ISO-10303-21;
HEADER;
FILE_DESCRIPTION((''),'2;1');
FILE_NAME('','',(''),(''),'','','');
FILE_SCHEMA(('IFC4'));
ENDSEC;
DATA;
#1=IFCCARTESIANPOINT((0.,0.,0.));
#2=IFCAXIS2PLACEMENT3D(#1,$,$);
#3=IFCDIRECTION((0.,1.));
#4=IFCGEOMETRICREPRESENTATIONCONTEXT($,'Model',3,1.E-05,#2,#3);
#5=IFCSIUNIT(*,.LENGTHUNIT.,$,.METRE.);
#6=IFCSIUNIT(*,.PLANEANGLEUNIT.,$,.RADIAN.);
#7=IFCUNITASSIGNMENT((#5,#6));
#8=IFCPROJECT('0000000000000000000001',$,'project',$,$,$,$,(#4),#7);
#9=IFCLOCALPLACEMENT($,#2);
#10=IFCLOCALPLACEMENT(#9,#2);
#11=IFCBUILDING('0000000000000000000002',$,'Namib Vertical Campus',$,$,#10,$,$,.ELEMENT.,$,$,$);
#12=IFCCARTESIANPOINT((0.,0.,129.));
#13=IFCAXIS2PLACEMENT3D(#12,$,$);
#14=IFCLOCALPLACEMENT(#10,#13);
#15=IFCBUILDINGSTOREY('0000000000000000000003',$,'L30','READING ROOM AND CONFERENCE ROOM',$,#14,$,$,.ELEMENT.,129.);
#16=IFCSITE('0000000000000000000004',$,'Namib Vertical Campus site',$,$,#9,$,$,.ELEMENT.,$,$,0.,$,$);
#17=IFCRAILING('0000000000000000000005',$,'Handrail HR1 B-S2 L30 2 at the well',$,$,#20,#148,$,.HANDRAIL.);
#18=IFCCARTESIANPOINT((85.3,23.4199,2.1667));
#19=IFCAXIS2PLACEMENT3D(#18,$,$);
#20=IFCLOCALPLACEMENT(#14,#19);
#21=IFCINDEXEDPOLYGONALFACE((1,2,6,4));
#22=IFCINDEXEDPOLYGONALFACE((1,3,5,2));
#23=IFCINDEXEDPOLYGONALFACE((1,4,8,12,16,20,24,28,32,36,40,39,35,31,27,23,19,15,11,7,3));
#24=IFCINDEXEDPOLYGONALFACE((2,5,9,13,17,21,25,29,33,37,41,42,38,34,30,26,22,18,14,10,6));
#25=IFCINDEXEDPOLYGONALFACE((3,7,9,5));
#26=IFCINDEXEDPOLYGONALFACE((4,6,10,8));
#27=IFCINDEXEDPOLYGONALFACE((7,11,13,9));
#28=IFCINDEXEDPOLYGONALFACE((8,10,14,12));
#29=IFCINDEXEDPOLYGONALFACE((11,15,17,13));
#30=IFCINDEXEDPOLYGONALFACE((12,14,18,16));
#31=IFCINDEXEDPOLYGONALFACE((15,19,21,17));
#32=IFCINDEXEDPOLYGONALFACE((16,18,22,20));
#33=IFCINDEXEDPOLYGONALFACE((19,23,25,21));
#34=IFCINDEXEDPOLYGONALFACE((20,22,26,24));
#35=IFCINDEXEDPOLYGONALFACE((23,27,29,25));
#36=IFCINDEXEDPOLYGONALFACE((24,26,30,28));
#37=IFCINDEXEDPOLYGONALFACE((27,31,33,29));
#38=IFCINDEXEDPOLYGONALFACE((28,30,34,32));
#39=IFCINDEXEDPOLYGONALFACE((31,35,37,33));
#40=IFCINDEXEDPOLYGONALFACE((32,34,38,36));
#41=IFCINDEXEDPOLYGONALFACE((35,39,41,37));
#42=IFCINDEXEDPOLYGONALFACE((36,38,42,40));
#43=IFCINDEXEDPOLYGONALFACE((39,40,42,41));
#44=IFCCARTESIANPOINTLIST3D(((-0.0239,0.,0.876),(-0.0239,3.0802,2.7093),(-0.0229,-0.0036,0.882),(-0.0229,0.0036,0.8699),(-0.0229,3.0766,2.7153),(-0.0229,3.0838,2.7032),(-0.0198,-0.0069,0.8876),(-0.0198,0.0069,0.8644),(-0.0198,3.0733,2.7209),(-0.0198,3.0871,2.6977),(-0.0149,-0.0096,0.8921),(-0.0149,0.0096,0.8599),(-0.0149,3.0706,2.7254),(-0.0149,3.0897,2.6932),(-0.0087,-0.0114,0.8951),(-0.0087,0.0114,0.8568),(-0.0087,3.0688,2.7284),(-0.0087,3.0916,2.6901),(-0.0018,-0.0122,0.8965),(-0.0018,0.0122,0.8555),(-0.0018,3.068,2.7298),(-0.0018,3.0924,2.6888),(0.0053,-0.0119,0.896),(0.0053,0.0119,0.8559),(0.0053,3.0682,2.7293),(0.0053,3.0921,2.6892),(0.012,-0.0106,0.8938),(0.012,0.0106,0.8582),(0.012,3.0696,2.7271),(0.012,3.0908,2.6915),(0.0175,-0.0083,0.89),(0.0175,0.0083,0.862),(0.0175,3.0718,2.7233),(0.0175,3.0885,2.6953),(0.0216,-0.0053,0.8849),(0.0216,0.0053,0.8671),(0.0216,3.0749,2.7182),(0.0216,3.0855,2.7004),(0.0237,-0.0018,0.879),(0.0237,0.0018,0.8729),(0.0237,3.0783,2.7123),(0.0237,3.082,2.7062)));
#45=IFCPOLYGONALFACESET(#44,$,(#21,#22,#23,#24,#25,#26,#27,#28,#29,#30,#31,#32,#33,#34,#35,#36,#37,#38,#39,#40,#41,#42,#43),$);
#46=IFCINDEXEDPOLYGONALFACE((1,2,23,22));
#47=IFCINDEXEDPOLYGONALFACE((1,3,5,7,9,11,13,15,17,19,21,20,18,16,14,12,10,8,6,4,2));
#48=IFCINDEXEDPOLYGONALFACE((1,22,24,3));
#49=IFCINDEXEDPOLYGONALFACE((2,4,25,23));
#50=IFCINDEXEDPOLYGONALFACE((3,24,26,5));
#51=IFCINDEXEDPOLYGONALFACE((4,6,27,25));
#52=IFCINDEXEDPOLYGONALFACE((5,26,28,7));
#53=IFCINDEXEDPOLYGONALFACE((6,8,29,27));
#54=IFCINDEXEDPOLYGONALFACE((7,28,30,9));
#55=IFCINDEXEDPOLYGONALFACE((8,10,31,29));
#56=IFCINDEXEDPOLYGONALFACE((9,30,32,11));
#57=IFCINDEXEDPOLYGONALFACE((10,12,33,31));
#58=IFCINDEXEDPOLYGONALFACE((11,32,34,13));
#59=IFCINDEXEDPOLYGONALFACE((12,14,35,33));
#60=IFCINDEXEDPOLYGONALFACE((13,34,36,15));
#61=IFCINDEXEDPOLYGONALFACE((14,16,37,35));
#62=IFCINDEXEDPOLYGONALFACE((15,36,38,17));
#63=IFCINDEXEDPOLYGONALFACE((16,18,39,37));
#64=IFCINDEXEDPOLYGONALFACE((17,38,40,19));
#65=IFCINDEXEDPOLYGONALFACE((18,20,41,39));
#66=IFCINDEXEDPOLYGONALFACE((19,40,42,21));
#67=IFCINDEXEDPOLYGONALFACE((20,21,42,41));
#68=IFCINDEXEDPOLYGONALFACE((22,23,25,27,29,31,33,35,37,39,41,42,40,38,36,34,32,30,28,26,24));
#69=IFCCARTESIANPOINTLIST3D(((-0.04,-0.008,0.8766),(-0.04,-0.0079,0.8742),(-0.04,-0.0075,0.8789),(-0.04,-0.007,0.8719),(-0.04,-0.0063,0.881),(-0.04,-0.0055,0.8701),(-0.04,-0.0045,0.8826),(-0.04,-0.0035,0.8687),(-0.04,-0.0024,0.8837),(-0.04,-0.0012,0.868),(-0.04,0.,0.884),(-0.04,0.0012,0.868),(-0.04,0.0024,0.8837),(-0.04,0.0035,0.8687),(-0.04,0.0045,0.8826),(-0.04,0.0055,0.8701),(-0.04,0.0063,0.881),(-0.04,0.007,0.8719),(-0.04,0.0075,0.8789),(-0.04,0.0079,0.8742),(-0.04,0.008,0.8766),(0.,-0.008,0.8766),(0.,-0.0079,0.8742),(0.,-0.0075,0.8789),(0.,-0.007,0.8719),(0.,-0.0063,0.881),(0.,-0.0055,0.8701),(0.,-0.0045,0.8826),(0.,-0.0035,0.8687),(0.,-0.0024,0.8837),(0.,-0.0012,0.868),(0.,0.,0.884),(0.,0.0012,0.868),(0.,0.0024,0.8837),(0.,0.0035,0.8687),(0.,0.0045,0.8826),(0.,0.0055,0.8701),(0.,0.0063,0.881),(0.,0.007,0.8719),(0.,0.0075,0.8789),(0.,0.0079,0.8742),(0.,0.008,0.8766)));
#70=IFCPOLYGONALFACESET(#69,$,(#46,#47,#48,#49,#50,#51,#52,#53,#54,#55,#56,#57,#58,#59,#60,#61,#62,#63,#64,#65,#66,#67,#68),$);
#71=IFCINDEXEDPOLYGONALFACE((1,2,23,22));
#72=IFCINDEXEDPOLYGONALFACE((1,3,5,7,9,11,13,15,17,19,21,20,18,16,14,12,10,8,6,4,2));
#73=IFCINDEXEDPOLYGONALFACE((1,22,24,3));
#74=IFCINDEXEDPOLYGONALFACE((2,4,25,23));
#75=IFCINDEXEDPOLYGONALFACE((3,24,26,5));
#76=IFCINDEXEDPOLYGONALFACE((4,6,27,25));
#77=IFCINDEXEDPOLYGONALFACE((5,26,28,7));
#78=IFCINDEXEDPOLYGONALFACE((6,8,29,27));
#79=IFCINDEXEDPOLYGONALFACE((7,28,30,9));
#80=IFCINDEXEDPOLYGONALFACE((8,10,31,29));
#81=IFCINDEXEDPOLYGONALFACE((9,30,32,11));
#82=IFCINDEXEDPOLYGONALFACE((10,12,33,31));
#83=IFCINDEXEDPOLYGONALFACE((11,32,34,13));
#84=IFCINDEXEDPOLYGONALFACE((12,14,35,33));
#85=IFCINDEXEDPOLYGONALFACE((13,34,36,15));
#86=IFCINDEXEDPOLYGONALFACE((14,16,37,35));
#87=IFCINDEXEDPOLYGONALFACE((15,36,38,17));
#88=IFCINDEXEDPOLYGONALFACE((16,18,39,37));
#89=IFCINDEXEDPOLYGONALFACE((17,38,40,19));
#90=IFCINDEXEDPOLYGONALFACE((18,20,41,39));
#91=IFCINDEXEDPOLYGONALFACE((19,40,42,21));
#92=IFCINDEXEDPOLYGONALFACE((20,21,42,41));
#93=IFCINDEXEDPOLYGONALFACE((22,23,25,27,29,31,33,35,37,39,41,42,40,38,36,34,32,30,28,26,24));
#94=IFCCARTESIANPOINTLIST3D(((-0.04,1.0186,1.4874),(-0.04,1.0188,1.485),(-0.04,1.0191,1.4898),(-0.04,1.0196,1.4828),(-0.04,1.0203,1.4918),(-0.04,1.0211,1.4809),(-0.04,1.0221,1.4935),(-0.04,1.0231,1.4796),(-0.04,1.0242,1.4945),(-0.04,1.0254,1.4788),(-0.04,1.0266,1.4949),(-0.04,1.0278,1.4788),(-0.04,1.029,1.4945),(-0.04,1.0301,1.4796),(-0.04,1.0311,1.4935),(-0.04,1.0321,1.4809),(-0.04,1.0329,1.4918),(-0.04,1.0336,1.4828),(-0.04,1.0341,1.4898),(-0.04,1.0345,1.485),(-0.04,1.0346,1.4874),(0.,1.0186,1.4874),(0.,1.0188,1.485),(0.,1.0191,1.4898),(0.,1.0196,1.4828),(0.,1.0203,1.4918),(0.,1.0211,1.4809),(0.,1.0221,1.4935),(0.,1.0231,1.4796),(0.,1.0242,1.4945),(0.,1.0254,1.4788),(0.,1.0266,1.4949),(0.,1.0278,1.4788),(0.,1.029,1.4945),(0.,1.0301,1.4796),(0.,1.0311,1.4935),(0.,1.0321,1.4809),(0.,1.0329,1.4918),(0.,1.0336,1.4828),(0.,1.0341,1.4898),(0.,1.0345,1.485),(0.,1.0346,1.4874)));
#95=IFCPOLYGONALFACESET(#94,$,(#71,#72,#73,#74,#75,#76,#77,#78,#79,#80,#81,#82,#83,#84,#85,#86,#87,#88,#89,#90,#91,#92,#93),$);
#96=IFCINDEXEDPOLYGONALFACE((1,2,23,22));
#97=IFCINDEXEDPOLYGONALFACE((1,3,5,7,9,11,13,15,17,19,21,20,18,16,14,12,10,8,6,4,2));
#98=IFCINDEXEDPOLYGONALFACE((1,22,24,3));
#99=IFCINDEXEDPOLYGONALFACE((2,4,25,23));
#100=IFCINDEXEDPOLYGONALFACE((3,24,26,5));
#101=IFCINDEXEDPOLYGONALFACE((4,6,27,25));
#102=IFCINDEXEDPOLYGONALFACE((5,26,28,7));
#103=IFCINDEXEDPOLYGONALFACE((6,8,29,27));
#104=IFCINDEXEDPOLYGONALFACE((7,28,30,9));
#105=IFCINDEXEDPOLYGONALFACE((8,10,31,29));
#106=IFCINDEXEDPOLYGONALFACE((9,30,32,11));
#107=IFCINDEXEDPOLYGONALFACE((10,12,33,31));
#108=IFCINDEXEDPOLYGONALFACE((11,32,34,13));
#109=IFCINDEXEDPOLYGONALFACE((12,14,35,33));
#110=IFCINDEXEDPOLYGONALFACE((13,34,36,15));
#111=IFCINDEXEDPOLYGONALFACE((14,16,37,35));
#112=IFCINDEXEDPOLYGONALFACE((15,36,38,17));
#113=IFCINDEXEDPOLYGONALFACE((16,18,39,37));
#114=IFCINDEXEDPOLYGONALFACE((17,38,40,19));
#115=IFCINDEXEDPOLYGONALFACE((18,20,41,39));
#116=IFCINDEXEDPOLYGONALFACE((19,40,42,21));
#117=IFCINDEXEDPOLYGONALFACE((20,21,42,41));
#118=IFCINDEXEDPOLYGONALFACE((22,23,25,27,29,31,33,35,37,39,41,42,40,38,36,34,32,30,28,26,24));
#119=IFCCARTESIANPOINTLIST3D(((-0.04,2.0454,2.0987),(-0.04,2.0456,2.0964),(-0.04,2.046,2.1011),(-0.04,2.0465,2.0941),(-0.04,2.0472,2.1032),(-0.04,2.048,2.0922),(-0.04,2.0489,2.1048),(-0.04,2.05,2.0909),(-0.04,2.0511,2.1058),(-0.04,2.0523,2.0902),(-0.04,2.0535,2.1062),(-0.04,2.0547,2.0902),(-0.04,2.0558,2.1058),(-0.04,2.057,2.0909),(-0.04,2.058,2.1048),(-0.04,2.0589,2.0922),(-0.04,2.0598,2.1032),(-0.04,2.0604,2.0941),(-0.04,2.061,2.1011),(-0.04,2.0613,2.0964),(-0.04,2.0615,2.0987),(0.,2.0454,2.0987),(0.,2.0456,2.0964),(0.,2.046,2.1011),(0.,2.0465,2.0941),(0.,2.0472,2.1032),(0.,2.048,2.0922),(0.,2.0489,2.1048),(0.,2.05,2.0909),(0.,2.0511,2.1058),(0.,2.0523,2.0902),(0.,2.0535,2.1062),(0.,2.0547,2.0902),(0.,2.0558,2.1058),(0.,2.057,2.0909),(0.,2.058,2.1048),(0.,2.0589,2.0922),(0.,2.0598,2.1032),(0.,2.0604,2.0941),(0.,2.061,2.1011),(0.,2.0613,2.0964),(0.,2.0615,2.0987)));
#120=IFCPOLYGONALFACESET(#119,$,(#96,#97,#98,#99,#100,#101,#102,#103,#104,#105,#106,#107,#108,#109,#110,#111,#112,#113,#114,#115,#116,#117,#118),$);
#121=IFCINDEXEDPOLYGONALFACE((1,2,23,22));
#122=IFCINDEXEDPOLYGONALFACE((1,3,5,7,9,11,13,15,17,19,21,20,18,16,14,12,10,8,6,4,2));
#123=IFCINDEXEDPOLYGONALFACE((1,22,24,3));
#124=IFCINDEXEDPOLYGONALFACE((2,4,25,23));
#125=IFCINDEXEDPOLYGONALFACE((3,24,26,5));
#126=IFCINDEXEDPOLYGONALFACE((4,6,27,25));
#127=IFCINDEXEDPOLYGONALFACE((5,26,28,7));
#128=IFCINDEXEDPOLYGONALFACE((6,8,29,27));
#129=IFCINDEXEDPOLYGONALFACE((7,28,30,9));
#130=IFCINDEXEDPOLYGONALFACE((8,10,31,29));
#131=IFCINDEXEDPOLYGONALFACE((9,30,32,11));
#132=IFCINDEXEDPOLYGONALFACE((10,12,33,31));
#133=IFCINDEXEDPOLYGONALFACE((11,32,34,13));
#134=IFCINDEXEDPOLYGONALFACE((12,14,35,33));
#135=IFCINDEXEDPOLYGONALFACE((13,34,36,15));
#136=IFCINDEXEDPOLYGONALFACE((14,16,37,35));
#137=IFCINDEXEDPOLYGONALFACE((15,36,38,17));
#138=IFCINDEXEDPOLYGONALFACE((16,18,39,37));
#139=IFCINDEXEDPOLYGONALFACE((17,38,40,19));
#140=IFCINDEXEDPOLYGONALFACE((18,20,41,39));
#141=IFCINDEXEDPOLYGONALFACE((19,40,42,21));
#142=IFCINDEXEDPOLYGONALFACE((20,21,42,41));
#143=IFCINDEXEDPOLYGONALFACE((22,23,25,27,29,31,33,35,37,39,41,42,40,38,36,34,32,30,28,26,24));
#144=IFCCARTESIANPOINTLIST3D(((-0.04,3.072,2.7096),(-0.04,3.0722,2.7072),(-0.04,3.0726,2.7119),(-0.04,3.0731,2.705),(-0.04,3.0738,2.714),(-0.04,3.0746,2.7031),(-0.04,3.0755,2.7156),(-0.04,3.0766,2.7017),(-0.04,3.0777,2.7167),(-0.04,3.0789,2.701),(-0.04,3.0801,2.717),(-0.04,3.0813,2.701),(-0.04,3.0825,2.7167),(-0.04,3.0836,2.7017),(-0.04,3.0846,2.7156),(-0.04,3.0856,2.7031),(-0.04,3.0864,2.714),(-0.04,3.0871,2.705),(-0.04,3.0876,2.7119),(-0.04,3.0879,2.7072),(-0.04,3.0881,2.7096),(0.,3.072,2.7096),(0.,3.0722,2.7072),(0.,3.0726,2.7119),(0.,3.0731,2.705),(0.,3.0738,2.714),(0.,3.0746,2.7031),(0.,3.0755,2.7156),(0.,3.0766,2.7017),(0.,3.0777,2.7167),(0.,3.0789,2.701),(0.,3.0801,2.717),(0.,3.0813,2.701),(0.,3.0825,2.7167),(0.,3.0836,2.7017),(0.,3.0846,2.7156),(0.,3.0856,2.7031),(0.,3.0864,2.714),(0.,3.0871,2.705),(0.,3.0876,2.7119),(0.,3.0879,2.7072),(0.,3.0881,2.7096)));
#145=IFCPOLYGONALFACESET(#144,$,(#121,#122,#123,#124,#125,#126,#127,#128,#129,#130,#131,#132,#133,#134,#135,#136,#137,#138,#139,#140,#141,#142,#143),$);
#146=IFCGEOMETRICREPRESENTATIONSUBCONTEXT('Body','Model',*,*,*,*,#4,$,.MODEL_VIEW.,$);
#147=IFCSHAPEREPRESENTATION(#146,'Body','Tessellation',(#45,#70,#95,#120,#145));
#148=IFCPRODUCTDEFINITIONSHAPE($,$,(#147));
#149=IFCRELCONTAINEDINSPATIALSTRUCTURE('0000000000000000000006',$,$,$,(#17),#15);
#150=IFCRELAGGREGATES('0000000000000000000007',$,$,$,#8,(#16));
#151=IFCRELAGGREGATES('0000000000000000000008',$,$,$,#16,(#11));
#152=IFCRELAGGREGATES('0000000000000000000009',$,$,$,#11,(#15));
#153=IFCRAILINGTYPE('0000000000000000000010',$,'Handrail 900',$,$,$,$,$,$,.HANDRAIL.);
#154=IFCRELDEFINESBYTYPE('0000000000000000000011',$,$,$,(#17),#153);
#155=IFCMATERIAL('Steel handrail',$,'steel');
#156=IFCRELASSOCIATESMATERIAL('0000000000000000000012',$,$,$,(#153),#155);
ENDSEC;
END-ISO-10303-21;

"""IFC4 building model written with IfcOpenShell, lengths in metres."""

from ifc_helpers import new_model, si_unit, direction, frame, origin, origin_2d, place, context, subcontext, project, spatial, circle, extrude, material, type_object, element, save


model = new_model("IFC4")

# Units and contexts
model_context = context("Model", 3, precision=1e-05, world=origin(), true_north=direction((0.0, 1.0)))
body_context = subcontext(model_context, "Body", "Model", "MODEL_VIEW")
ifc_project = project(units=[si_unit("LENGTHUNIT", "METRE"), si_unit("PLANEANGLEUNIT", "RADIAN")], contexts=[model_context])

# Site, building, storey
site_placement = place(None, origin())
site = spatial("IfcSite", under=ifc_project, at=site_placement, Name="Namib Vertical Campus site", CompositionType="ELEMENT", RefElevation=0.0)
building_placement = place(site_placement, origin())
building = spatial("IfcBuilding", under=site, at=building_placement, Name="Namib Vertical Campus", CompositionType="ELEMENT")
storey_placement = place(building_placement, frame((0.0, 0.0, 129.0)))
storey = spatial("IfcBuildingStorey", under=building, at=storey_placement, Name="L30", Description="READING ROOM AND CONFERENCE ROOM", CompositionType="ELEMENT", Elevation=129.0)

# Railing
ifc_material_1 = material(Name="Steel handrail", Category="steel")
railing_type = type_object("IfcRailingType", Name="Handrail 900", PredefinedType="HANDRAIL", material=ifc_material_1)
railing_placement = place(storey_placement, frame((85.3, 23.4199, 2.1667)))
element("IfcRailing", 1, at=railing_placement, inside=storey, type_object=railing_type, Name="Handrail HR1 B-S2 L30 2 at the well", PredefinedType="HANDRAIL", context=body_context, shape_type="SweptSolid", body=[
    extrude(circle(Radius=0.0239, at=origin_2d()), frame((0.0, 0.0, 0.876), z_axis=(0.0, 0.859309, 0.511458), x_axis=(-1.0, 0.0, 0.0)), (0.0, 0.0, 1.0), 3.5845),
    extrude(circle(Radius=0.0081, at=origin_2d()), frame((0.0, 0.0, 0.876), z_axis=(-1.0, 0.0, 0.0), x_axis=(0.0, 0.0, 1.0)), (0.0, 0.0, 1.0), 0.04),
    extrude(circle(Radius=0.0081, at=origin_2d()), frame((0.0, 1.0266, 1.4868), z_axis=(-1.0, 0.0, 0.0), x_axis=(0.0, 0.0, 1.0)), (0.0, 0.0, 1.0), 0.04),
    extrude(circle(Radius=0.0081, at=origin_2d()), frame((0.0, 2.0535, 2.0981), z_axis=(-1.0, 0.0, 0.0), x_axis=(0.0, 0.0, 1.0)), (0.0, 0.0, 1.0), 0.04),
    extrude(circle(Radius=0.0081, at=origin_2d()), frame((0.0, 3.0801, 2.709), z_axis=(-1.0, 0.0, 0.0), x_axis=(0.0, 0.0, 1.0)), (0.0, 0.0, 1.0), 0.04),
])

save(model, "model.ifc")
